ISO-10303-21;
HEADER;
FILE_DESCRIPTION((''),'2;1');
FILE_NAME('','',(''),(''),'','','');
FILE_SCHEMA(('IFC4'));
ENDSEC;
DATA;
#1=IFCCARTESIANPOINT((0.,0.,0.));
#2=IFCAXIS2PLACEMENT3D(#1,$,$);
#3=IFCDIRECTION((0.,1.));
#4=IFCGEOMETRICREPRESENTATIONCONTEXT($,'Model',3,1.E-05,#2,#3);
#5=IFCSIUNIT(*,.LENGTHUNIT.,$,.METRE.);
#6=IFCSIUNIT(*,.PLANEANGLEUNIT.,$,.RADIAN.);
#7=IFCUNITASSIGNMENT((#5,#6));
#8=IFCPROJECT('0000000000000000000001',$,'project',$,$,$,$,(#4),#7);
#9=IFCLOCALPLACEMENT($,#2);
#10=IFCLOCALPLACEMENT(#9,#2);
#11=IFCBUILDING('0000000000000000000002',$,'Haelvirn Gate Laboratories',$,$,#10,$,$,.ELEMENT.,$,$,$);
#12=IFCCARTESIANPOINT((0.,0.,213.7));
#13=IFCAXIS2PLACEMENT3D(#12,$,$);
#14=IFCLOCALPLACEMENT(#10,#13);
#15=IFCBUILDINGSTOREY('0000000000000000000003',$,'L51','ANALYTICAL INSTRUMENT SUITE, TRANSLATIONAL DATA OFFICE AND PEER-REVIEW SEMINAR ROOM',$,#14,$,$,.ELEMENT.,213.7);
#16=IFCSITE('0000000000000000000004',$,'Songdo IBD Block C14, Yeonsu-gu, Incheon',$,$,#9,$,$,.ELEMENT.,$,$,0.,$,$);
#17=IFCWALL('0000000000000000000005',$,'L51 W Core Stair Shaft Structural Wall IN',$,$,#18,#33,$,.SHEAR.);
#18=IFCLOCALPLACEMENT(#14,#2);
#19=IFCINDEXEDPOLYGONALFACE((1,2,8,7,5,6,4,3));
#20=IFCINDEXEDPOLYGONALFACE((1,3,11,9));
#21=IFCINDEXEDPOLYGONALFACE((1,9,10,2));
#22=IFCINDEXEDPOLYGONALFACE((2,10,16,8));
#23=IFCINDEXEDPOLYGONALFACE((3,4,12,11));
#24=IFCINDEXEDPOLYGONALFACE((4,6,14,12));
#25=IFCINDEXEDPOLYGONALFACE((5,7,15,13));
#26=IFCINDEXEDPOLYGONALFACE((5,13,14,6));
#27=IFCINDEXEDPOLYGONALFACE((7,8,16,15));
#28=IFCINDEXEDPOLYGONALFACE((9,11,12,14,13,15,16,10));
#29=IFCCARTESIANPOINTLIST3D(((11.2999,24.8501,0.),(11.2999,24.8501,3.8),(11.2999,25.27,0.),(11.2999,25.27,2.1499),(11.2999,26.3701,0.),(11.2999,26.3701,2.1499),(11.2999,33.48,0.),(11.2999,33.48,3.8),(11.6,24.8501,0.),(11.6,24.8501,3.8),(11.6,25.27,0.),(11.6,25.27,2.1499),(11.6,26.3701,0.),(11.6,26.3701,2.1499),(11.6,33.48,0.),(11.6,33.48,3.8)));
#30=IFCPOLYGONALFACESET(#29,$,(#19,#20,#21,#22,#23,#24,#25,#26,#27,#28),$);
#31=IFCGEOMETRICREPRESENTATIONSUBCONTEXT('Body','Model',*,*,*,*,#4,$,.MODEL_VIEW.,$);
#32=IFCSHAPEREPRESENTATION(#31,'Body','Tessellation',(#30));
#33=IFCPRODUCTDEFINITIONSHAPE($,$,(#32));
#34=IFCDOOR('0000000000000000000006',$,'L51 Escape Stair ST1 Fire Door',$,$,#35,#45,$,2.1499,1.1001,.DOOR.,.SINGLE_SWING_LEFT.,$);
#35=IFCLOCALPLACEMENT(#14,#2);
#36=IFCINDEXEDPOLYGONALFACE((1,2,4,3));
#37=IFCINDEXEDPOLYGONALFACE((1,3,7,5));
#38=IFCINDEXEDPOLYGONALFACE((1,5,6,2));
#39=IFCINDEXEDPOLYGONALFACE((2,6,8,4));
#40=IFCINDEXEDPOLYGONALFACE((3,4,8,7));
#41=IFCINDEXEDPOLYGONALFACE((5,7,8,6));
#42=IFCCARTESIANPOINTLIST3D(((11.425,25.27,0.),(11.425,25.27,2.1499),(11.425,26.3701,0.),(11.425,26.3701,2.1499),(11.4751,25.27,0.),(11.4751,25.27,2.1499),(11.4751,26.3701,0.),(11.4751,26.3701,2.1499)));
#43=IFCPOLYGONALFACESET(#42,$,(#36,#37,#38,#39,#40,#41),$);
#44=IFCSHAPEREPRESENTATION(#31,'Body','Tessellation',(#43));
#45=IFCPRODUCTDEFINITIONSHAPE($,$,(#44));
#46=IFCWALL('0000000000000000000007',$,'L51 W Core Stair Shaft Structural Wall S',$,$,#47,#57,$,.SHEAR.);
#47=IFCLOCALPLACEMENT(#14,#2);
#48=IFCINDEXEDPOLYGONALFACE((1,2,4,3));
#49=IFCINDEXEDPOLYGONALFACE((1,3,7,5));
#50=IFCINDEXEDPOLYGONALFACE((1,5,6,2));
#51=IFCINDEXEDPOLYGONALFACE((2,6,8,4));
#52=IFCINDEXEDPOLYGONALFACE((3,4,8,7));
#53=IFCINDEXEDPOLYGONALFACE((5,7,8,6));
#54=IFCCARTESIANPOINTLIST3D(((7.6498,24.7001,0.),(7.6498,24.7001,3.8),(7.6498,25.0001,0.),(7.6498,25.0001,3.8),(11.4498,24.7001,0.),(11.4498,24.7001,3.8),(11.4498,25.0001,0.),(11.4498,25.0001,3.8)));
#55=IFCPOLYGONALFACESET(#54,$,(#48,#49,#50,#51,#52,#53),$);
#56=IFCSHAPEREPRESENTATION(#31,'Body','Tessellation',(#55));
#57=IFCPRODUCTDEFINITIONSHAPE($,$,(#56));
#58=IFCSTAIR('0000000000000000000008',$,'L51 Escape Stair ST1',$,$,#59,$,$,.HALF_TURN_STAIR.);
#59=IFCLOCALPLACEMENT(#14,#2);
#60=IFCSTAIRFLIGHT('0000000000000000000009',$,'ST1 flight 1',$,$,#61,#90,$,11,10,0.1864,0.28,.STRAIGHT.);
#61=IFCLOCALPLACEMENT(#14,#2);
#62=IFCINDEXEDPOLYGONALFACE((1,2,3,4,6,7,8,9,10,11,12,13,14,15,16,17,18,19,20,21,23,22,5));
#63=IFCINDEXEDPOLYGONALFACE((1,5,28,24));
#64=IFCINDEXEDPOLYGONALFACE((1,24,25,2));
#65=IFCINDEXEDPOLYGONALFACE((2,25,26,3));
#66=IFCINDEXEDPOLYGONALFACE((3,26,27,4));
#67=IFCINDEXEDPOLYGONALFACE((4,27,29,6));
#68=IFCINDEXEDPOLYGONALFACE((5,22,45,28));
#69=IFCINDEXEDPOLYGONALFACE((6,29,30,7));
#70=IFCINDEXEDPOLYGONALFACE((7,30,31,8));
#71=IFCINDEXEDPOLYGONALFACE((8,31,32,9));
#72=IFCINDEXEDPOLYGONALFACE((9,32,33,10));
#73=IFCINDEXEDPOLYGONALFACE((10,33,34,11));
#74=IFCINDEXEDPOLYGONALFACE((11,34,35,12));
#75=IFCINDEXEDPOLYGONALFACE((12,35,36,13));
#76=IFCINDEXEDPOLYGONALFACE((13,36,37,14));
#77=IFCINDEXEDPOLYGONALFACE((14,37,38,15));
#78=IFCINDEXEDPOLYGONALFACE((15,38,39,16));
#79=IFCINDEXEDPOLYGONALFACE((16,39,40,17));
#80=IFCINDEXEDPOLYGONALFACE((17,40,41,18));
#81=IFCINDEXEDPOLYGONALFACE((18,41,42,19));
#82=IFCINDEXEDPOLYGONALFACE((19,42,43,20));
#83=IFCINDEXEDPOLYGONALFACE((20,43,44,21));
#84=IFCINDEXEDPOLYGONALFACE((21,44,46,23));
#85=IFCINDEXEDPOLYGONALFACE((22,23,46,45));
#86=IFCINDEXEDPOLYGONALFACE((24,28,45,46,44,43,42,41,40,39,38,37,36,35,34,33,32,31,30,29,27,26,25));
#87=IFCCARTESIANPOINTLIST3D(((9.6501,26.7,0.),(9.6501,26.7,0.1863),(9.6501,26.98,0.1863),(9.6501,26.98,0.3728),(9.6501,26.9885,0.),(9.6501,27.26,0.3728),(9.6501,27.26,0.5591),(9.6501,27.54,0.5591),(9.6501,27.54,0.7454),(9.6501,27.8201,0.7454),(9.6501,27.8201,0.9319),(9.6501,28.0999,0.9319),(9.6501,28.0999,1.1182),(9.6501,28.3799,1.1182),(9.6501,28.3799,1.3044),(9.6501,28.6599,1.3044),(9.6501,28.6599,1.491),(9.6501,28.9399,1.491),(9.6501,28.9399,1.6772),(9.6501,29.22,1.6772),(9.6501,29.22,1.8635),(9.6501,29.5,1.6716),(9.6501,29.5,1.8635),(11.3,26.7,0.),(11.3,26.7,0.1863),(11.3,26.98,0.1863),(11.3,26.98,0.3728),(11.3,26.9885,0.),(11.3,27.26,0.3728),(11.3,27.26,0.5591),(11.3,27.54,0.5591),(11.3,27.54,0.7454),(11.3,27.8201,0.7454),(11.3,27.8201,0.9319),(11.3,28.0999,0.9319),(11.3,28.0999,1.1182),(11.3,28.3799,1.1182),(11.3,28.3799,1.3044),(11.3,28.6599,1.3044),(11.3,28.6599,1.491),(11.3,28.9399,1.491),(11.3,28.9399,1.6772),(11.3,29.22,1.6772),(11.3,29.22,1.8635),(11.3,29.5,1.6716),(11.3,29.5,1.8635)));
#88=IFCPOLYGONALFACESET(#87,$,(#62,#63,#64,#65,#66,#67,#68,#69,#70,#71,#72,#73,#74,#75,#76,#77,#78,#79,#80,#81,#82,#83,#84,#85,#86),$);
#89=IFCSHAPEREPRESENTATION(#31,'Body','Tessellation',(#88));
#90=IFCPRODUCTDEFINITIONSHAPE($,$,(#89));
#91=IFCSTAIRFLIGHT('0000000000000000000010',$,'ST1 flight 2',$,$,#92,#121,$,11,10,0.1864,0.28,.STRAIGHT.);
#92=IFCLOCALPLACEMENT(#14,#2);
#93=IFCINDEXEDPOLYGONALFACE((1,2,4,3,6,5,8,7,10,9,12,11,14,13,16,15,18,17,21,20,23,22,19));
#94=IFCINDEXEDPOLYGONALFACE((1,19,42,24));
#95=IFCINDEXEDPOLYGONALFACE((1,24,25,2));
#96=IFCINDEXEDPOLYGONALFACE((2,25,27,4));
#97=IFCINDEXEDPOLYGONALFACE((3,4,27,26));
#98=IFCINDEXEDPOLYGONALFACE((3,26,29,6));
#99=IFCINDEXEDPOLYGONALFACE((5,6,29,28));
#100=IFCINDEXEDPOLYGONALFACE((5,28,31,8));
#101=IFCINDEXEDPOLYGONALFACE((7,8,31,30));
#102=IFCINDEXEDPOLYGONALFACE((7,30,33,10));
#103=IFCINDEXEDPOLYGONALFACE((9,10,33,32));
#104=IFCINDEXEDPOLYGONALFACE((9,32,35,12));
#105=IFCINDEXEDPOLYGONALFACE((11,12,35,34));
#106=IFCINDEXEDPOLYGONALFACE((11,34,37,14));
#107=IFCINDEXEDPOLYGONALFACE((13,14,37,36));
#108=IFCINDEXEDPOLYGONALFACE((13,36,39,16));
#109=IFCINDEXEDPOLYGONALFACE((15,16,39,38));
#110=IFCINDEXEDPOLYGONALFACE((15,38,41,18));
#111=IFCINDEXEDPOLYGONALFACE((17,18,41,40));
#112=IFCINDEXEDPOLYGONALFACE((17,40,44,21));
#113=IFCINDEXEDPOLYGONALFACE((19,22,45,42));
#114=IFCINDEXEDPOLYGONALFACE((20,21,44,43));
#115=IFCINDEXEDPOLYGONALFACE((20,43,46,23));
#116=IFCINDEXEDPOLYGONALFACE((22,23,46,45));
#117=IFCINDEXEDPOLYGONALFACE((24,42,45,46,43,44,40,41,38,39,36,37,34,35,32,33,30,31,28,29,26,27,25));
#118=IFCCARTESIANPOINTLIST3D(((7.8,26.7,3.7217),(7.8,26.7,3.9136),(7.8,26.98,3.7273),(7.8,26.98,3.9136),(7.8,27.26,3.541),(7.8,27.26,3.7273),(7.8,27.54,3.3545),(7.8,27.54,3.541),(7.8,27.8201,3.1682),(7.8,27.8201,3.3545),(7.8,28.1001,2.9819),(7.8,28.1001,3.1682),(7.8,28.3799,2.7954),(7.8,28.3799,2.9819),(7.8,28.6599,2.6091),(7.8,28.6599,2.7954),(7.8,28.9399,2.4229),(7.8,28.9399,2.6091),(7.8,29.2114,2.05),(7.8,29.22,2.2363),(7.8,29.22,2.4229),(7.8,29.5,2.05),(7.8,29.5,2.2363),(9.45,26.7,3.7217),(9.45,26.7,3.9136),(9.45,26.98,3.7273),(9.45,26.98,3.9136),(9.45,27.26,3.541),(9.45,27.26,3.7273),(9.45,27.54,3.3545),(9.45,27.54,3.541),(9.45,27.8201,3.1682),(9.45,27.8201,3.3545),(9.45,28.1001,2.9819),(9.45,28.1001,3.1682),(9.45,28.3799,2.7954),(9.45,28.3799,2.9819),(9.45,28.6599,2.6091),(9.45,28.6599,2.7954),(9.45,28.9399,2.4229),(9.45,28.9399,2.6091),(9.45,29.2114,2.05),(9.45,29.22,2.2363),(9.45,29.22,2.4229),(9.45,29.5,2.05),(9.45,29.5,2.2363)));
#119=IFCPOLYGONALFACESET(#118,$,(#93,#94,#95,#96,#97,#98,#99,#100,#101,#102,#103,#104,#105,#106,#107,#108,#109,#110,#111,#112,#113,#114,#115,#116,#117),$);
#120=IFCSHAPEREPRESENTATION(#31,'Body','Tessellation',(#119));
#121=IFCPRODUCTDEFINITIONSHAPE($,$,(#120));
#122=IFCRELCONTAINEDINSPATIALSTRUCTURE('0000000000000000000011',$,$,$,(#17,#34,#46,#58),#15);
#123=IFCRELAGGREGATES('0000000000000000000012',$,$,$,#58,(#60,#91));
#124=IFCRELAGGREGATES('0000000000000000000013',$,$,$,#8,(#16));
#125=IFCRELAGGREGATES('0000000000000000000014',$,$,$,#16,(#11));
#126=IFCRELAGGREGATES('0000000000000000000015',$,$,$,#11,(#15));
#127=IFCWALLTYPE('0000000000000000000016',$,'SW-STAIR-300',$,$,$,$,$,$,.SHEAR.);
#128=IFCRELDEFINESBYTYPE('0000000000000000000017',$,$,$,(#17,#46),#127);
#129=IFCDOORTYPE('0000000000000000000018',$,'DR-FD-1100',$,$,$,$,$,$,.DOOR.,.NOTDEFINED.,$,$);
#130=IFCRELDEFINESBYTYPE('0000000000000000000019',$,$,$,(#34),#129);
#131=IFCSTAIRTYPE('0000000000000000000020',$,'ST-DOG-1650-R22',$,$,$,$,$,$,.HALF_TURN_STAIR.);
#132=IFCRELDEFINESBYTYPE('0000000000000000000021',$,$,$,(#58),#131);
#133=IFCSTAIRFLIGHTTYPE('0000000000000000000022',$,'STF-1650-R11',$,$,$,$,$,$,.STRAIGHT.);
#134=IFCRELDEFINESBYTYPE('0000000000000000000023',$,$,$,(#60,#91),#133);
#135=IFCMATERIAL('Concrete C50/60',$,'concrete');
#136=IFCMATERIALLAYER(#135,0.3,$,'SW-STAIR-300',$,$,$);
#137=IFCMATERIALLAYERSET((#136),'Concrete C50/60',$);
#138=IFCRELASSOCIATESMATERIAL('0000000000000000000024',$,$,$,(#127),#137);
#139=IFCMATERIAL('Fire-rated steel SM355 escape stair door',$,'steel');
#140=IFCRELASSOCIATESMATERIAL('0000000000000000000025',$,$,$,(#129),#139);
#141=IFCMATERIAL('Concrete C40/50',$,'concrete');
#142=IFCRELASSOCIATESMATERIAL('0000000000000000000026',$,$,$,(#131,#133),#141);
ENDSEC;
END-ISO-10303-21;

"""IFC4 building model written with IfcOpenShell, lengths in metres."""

from ifc_helpers import new_model, si_unit, direction, frame, frame_2d, origin, place, context, subcontext, project, spatial, polyline, rectangle, outline, extrude, source, transform, mapped, material, layer, layer_set, type_object, type_shapes, element, fill, aggregate, save


model = new_model("IFC4")

# Units and contexts
model_context = context("Model", 3, precision=1e-05, world=origin(), true_north=direction((0.0, 1.0)))
body_context = subcontext(model_context, "Body", "Model", "MODEL_VIEW")
ifc_project = project(units=[si_unit("LENGTHUNIT", "METRE"), si_unit("PLANEANGLEUNIT", "RADIAN")], contexts=[model_context])

# Site, building, storey
site_placement = place(None, origin())
site = spatial("IfcSite", under=ifc_project, at=site_placement, Name="Songdo IBD Block C14, Yeonsu-gu, Incheon", CompositionType="ELEMENT", RefElevation=0.0)
building_placement = place(site_placement, origin())
building = spatial("IfcBuilding", under=site, at=building_placement, Name="Haelvirn Gate Laboratories", CompositionType="ELEMENT")
storey_placement = place(building_placement, frame((0.0, 0.0, 213.7)))
storey = spatial("IfcBuildingStorey", under=building, at=storey_placement, Name="L51", Description="ANALYTICAL INSTRUMENT SUITE, TRANSLATIONAL DATA OFFICE AND PEER-REVIEW SEMINAR ROOM", CompositionType="ELEMENT", Elevation=213.7)

# Shared definitions
ifc_material_1 = material(Name="Concrete C40/50", Category="concrete")

# Shared definitions
ifc_material_2 = material(Name="Concrete C50/60", Category="concrete")

# Wall, opening, door
ifc_layer_1 = layer(ifc_material_2, 0.3, Name="SW-STAIR-300")
ifc_layer_set_1 = layer_set([ifc_layer_1], Name="Concrete C50/60")
wall_type_1 = type_object("IfcWallType", Name="SW-STAIR-300", PredefinedType="SHEAR", material=ifc_layer_set_1)
wall_1_placement = place(storey_placement, frame((11.45, 24.8501, 0.0), z_axis=(0.0, 0.0, 1.0), x_axis=(0.0, 1.0, 0.0)))
wall_1 = element("IfcWall", 1, at=wall_1_placement, inside=storey, type_object=wall_type_1, Name="L51 W Core Stair Shaft Structural Wall IN", PredefinedType="SHEAR", context=body_context, shape_type="SweptSolid", body=[
    extrude(rectangle(XDim=8.6299, YDim=0.3, at=frame_2d((4.3149, 0.0))), origin(), (0.0, 0.0, 1.0), 3.8),
])
opening_1_placement = place(wall_1_placement, frame((0.4199, 0.0, 0.0)))
opening_1 = element("IfcOpeningElement", 2, at=opening_1_placement, cuts=wall_1, PredefinedType="OPENING", context=body_context, shape_type="SweptSolid", body=[
    extrude(rectangle(XDim=1.1001, YDim=2.1499, at=frame_2d((0.55, 1.075))), frame((0.0, 0.1602, 0.0), z_axis=(0.0, -1.0, 0.0), x_axis=(1.0, 0.0, 0.0)), (0.0, 0.0, 1.0), 0.3201),
])
ifc_material_3 = material(Name="Fire-rated steel SM355 escape stair door", Category="steel")
door_type_1 = type_object("IfcDoorType", Name="DR-FD-1100", OperationType="NOTDEFINED", PredefinedType="DOOR", material=ifc_material_3)
shared_shape_1 = source(origin(), body_context, "Body", "SweptSolid", [
    extrude(rectangle(XDim=1.1001, YDim=2.1499, at=frame_2d((0.55, 1.075))), frame((0.0, 0.0249, 0.0), z_axis=(0.0, -1.0, 0.0), x_axis=(1.0, 0.0, 0.0)), (0.0, 0.0, 1.0), 0.05),
])
type_shapes(door_type_1, [shared_shape_1])
door_1_placement = place(opening_1_placement, origin())
door_1 = element("IfcDoor", 3, at=door_1_placement, inside=storey, type_object=door_type_1, Name="L51 Escape Stair ST1 Fire Door", OperationType="SINGLE_SWING_LEFT", OverallHeight=2.1499, OverallWidth=1.1001, PredefinedType="DOOR", context=body_context, shape_type="MappedRepresentation", body=[
    mapped(shared_shape_1, transform((0.0, 0.0, 0.0), scale=1.0)),
])
fill(opening_1, door_1)

# Wall
wall_2_placement = place(storey_placement, frame((7.6499, 24.8501, 0.0), z_axis=(0.0, 0.0, 1.0), x_axis=(1.0, 0.0, 0.0)))
element("IfcWall", 4, at=wall_2_placement, inside=storey, type_object=wall_type_1, Name="L51 W Core Stair Shaft Structural Wall S", PredefinedType="SHEAR", context=body_context, shape_type="SweptSolid", body=[
    extrude(rectangle(XDim=3.8, YDim=0.3, at=frame_2d((1.8999, 0.0))), origin(), (0.0, 0.0, 1.0), 3.8),
])

# Stair, stair flights
stair_type = type_object("IfcStairType", Name="ST-DOG-1650-R22", PredefinedType="HALF_TURN_STAIR", material=ifc_material_1)
stair_placement = place(storey_placement, origin())
stair = element("IfcStair", 5, at=stair_placement, inside=storey, type_object=stair_type, Name="L51 Escape Stair ST1", PredefinedType="HALF_TURN_STAIR")
stair_flight_type = type_object("IfcStairFlightType", Name="STF-1650-R11", PredefinedType="STRAIGHT", material=ifc_material_1)
shared_shape_2 = source(origin(), body_context, "Body", "SweptSolid", [
    extrude(outline(polyline([(0.0, 0.0), (0.0, 0.1863), (0.28, 0.1863), (0.28, 0.3728), (0.5601, 0.3728), (0.5601, 0.5591), (0.8401, 0.5591), (0.8401, 0.7454), (1.1201, 0.7454), (1.1201, 0.9319), (1.3999, 0.9319), (1.3999, 1.1182), (1.6799, 1.1182), (1.6799, 1.3044), (1.96, 1.3044), (1.96, 1.491), (2.24, 1.491), (2.24, 1.6772), (2.52, 1.6772), (2.52, 1.8635), (2.8, 1.8635), (2.8, 2.05), (2.8, 1.6716), (0.2886, 0.0), (0.0, 0.0)])), frame((0.0, 0.825, 0.0), z_axis=(0.0, -1.0, 0.0), x_axis=(1.0, 0.0, 0.0)), (0.0, 0.0, 1.0), 1.6499),
])
type_shapes(stair_flight_type, [shared_shape_2])
stair_flight_1_placement = place(storey_placement, frame((10.4751, 26.7, 0.0), z_axis=(0.0, 0.0, 1.0), x_axis=(0.0, 1.0, 0.0)))
stair_flight_1 = element("IfcStairFlight", 6, at=stair_flight_1_placement, type_object=stair_flight_type, Name="ST1 flight 1", NumberOfRisers=11, NumberOfTreads=10, PredefinedType="STRAIGHT", RiserHeight=0.1864, TreadLength=0.28, context=body_context, shape_type="MappedRepresentation", body=[
    mapped(shared_shape_2, transform((0.0, 0.0, 0.0), scale=1.0)),
])
stair_flight_2_placement = place(storey_placement, frame((8.625, 29.5, 2.05), z_axis=(0.0, 0.0, 1.0), x_axis=(0.0, -1.0, 0.0)))
stair_flight_2 = element("IfcStairFlight", 7, at=stair_flight_2_placement, type_object=stair_flight_type, Name="ST1 flight 2", NumberOfRisers=11, NumberOfTreads=10, PredefinedType="STRAIGHT", RiserHeight=0.1864, TreadLength=0.28, context=body_context, shape_type="MappedRepresentation", body=[
    mapped(shared_shape_2, transform((0.0, 0.0, 0.0), scale=1.0)),
])
aggregate(stair, [stair_flight_1, stair_flight_2])

save(model, "model.ifc")
